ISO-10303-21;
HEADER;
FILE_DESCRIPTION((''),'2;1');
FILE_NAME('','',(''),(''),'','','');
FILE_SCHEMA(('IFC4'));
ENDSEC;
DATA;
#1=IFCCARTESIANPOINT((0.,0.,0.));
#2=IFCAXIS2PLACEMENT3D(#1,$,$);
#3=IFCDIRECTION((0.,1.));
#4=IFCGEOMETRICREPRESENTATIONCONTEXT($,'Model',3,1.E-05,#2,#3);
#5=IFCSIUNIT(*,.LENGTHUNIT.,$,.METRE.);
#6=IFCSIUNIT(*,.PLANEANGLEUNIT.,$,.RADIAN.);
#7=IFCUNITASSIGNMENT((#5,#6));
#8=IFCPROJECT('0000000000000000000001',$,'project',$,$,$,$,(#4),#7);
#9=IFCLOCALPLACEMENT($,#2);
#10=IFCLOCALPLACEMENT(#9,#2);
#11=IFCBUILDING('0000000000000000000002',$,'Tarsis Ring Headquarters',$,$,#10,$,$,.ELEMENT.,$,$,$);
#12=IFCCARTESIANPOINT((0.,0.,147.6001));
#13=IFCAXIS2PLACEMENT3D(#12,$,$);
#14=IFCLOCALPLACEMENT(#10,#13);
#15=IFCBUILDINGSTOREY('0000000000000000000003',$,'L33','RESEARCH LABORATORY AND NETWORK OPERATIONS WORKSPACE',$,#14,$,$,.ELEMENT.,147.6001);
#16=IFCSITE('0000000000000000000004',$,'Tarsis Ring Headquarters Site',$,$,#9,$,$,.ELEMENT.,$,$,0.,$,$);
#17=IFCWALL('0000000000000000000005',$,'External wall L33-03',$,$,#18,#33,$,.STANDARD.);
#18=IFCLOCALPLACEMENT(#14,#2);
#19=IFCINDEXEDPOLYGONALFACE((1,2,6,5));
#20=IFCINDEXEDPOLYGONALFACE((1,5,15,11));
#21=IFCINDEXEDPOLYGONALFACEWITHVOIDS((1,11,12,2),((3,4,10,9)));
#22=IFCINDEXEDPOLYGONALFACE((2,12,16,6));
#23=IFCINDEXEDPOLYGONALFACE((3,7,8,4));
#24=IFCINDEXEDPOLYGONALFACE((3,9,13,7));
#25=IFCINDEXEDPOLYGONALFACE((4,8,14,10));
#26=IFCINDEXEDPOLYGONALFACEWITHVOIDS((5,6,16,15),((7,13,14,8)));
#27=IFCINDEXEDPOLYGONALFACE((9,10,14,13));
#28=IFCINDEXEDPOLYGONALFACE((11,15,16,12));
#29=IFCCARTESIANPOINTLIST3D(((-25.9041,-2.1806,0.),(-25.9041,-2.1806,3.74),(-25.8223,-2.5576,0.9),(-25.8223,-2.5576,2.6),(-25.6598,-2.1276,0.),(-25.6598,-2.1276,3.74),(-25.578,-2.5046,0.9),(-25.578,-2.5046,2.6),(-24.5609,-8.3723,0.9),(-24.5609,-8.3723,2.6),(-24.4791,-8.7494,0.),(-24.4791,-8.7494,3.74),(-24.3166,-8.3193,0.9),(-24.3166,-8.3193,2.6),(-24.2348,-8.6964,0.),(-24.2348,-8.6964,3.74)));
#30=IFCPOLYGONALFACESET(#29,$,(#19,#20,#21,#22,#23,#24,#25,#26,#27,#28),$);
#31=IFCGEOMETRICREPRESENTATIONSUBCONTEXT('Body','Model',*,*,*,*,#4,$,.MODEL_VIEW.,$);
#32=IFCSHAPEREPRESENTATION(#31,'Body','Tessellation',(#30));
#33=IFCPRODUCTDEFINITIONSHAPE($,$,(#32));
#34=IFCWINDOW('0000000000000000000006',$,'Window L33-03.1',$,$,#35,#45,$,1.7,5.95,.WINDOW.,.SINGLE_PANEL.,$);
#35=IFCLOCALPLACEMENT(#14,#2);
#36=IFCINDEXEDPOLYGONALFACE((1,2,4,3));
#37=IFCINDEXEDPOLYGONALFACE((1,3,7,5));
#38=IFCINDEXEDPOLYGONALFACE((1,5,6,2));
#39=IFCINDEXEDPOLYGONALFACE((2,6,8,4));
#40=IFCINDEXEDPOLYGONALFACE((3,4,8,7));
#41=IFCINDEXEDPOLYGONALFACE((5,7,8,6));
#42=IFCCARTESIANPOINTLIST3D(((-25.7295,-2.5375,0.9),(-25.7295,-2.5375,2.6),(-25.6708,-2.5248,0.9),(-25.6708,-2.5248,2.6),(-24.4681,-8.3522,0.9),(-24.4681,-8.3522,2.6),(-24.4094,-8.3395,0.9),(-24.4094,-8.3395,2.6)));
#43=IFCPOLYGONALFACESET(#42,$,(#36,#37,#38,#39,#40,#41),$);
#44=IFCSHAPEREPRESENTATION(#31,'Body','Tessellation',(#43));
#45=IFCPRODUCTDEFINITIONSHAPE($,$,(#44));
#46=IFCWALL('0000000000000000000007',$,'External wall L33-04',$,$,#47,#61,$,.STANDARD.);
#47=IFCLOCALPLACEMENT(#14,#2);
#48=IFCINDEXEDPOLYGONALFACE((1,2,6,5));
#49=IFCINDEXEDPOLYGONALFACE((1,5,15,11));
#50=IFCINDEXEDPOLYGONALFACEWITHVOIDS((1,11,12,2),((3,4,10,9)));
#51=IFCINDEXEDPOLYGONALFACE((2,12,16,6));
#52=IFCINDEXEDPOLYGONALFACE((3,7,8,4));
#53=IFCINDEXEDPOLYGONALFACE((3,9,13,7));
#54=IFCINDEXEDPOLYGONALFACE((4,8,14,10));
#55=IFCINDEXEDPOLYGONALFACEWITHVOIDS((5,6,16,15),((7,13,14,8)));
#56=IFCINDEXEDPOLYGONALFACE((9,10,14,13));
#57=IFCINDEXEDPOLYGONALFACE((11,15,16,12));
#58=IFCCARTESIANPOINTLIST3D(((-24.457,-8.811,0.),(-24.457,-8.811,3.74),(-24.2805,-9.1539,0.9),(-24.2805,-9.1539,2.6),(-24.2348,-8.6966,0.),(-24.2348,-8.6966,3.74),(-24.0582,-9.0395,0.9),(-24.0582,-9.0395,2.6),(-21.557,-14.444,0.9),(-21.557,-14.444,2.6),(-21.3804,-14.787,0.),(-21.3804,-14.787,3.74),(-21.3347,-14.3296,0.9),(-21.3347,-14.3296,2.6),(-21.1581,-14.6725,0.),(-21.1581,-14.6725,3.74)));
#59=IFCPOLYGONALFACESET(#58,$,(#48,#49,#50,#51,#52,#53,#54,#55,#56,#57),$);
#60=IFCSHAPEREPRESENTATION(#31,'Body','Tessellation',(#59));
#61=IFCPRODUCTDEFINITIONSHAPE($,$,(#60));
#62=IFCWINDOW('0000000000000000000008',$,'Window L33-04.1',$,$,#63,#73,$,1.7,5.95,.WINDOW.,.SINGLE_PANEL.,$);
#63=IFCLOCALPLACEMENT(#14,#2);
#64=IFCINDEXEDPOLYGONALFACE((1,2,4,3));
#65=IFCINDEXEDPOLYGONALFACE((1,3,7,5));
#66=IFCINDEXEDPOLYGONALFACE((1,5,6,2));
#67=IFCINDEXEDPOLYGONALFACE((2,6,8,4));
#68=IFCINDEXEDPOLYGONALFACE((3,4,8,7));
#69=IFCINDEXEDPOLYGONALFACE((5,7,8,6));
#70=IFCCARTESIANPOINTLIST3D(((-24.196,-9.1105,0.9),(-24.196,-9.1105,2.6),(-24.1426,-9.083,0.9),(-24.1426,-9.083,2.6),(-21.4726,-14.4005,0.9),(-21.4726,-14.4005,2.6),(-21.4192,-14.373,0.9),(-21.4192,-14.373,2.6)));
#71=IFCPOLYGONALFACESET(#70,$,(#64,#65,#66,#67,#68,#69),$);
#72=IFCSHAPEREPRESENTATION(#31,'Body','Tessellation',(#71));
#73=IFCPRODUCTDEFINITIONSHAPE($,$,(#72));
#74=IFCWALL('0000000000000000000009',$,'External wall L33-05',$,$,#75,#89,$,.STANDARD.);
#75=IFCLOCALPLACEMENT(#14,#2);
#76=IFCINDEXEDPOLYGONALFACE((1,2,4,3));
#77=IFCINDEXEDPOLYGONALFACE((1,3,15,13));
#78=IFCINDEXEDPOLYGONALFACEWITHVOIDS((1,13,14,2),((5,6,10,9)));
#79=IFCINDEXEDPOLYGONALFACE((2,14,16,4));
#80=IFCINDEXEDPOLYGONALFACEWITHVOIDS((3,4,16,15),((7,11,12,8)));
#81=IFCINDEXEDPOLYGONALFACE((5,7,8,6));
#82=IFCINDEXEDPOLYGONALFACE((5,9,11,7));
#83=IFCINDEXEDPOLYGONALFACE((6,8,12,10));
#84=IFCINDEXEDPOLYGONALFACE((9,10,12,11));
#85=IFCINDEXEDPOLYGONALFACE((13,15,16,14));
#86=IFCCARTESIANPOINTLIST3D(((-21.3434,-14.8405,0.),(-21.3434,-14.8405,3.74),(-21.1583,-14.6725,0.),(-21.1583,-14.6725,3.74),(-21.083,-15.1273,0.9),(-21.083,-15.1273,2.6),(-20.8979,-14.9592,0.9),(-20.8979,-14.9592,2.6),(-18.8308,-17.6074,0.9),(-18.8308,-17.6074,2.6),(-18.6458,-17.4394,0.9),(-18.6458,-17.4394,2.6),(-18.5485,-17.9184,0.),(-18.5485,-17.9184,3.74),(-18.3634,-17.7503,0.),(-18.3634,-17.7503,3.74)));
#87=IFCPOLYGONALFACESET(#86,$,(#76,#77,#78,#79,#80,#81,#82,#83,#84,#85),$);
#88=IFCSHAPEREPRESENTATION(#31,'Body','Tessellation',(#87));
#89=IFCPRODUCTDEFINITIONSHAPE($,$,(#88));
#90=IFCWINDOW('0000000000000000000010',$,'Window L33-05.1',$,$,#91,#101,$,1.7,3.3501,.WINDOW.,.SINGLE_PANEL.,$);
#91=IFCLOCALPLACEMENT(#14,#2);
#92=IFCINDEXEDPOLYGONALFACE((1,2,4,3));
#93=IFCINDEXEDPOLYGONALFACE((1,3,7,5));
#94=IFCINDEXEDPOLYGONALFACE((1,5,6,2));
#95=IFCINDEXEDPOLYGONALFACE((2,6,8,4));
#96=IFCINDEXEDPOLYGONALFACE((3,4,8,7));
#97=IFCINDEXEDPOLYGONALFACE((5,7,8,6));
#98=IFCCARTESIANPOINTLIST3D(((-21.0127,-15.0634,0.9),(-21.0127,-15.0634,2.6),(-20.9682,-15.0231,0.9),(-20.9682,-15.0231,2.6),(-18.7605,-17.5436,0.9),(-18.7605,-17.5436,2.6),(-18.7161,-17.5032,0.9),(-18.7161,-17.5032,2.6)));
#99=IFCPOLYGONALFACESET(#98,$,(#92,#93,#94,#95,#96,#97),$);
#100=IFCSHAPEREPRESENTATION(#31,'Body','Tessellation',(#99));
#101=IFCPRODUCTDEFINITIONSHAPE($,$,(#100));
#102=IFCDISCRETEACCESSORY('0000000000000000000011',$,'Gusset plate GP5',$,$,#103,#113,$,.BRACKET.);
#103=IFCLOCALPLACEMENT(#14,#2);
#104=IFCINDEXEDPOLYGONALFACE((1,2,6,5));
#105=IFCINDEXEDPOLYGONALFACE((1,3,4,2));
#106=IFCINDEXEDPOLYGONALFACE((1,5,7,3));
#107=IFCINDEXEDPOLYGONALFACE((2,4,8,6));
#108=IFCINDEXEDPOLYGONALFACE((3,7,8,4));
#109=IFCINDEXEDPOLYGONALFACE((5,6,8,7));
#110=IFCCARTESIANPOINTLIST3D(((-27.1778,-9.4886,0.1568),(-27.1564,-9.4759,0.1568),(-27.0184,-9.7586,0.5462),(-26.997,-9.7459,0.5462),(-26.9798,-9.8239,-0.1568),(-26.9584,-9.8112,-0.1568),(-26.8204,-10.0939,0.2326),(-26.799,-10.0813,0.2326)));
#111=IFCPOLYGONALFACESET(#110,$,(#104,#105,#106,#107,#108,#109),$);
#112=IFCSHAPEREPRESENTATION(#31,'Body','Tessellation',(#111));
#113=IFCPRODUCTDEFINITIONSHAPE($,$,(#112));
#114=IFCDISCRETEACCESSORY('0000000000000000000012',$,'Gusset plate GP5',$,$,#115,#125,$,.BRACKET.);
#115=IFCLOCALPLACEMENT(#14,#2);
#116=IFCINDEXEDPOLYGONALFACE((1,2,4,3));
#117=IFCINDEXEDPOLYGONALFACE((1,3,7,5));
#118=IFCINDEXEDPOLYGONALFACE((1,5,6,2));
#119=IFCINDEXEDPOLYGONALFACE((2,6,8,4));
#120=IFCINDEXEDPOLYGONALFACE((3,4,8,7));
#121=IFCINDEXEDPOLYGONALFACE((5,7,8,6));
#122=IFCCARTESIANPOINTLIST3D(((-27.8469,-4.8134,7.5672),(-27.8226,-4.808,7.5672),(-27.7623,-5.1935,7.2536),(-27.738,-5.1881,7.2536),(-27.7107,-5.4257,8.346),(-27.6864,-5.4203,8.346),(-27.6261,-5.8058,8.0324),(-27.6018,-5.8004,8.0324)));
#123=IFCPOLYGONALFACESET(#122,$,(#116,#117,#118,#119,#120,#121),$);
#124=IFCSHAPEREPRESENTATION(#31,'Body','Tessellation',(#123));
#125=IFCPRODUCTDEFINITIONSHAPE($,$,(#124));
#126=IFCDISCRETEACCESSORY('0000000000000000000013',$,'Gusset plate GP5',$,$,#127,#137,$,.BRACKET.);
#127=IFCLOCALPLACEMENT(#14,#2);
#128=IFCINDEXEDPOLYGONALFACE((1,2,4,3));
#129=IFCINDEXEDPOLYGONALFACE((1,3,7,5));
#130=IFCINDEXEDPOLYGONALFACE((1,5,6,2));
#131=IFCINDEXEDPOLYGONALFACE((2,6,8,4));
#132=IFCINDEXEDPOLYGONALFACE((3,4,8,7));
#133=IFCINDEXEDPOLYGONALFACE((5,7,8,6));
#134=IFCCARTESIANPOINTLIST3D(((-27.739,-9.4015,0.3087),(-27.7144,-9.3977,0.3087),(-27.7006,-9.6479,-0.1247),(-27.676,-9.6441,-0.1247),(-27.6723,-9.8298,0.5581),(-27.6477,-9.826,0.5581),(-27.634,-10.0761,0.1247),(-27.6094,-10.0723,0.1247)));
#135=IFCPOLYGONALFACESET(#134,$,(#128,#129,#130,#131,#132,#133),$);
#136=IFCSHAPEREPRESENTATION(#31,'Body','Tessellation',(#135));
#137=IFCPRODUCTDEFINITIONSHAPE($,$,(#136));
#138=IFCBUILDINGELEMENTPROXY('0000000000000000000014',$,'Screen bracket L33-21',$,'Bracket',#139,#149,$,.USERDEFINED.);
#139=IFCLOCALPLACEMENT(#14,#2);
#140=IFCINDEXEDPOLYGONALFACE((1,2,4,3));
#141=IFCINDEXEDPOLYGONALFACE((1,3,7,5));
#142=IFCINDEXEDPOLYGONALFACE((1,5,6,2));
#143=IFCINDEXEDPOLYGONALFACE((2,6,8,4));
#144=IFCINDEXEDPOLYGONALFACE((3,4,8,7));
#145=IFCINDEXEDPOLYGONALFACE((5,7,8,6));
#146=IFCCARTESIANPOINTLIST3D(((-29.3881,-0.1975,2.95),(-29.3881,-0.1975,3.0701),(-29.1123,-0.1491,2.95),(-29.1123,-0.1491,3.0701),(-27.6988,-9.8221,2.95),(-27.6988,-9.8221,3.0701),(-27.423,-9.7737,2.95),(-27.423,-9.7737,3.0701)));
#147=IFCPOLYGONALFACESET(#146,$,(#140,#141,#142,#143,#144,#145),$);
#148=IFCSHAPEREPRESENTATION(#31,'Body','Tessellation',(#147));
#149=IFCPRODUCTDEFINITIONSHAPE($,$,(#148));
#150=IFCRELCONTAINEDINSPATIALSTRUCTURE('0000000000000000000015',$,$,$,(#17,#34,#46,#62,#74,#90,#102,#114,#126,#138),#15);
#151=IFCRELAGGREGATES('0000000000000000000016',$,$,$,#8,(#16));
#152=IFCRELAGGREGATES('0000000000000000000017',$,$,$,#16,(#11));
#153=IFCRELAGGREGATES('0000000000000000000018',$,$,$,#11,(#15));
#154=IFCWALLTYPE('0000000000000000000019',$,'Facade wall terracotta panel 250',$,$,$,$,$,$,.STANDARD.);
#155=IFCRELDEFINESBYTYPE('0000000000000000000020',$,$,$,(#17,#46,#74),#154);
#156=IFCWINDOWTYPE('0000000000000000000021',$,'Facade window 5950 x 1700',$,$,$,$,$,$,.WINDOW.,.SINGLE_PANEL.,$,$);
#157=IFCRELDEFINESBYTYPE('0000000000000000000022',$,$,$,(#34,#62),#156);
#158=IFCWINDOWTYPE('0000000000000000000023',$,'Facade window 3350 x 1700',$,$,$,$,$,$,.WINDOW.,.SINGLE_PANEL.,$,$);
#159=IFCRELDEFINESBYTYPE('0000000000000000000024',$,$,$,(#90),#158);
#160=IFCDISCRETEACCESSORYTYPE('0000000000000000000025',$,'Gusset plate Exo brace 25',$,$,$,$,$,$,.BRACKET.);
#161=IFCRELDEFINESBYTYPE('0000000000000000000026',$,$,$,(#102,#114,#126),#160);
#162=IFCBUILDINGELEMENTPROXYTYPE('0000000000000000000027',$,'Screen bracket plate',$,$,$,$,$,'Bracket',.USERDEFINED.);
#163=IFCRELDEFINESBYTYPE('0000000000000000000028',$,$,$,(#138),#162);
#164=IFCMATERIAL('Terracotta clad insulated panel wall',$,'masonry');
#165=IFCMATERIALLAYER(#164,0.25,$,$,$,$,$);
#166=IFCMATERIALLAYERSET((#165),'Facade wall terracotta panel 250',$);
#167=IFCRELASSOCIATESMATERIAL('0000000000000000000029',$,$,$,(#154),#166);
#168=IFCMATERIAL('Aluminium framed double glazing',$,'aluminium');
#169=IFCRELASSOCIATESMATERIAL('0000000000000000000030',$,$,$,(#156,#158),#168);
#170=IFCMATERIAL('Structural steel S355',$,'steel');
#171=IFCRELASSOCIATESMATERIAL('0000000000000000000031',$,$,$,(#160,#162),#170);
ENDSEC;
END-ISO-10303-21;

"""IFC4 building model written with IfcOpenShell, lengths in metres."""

from ifc_helpers import new_model, si_unit, direction, frame, frame_2d, origin, origin_2d, place, context, subcontext, project, spatial, rectangle, extrude, material, layer, layer_set, material_profile, profile_set, type_object, element, fill, save


model = new_model("IFC4")

# Units and contexts
model_context = context("Model", 3, precision=1e-05, world=origin(), true_north=direction((0.0, 1.0)))
body_context = subcontext(model_context, "Body", "Model", "MODEL_VIEW")
ifc_project = project(units=[si_unit("LENGTHUNIT", "METRE"), si_unit("PLANEANGLEUNIT", "RADIAN")], contexts=[model_context])

# Site, building, storey
site_placement = place(None, origin())
site = spatial("IfcSite", under=ifc_project, at=site_placement, Name="Tarsis Ring Headquarters Site", CompositionType="ELEMENT", RefElevation=0.0)
building_placement = place(site_placement, origin())
building = spatial("IfcBuilding", under=site, at=building_placement, Name="Tarsis Ring Headquarters", CompositionType="ELEMENT")
storey_placement = place(building_placement, frame((0.0, 0.0, 147.6001)))
storey = spatial("IfcBuildingStorey", under=building, at=storey_placement, Name="L33", Description="RESEARCH LABORATORY AND NETWORK OPERATIONS WORKSPACE", CompositionType="ELEMENT", Elevation=147.6001)

# Shared definitions
ifc_material_1 = material(Name="Structural steel S355", Category="steel")

# Walls, openings, windows
ifc_material_2 = material(Name="Terracotta clad insulated panel wall", Category="masonry")
ifc_layer_1 = layer(ifc_material_2, 0.25)
ifc_layer_set_1 = layer_set([ifc_layer_1], Name="Facade wall terracotta panel 250")
wall_type_1 = type_object("IfcWallType", Name="Facade wall terracotta panel 250", PredefinedType="STANDARD", material=ifc_layer_set_1)
wall_1_placement = place(storey_placement, frame((-25.782, -2.1541, 0.0), z_axis=(0.0, 0.0, 1.0), x_axis=(0.212009, -0.977268, 0.0)))
wall_1 = element("IfcWall", 1, at=wall_1_placement, inside=storey, type_object=wall_type_1, Name="External wall L33-03", PredefinedType="STANDARD", context=body_context, shape_type="SweptSolid", body=[
    extrude(rectangle(XDim=6.7217, YDim=0.25, at=frame_2d((3.3608, 0.0))), origin(), (0.0, 0.0, 1.0), 3.74),
])
opening_1_placement = place(wall_1_placement, frame((0.3857, 0.0, 0.8999)))
opening_1 = element("IfcOpeningElement", 2, at=opening_1_placement, cuts=wall_1, PredefinedType="OPENING", context=body_context, shape_type="SweptSolid", body=[
    extrude(rectangle(XDim=5.95, YDim=1.7, at=frame_2d((2.9751, 0.8501))), frame((0.0, 0.135, 0.0), z_axis=(0.0, -1.0, 0.0), x_axis=(1.0, 0.0, 0.0)), (0.0, 0.0, 1.0), 0.27),
])
ifc_material_3 = material(Name="Aluminium framed double glazing", Category="aluminium")
window_type_1 = type_object("IfcWindowType", Name="Facade window 5950 x 1700", PartitioningType="SINGLE_PANEL", PredefinedType="WINDOW", material=ifc_material_3)
window_1_placement = place(opening_1_placement, origin())
window_1 = element("IfcWindow", 3, at=window_1_placement, inside=storey, type_object=window_type_1, Name="Window L33-03.1", OverallHeight=1.7, OverallWidth=5.95, PartitioningType="SINGLE_PANEL", PredefinedType="WINDOW", context=body_context, shape_type="SweptSolid", body=[
    extrude(rectangle(XDim=5.95, YDim=1.7, at=frame_2d((2.9751, 0.8501))), frame((0.0, 0.03, 0.0), z_axis=(0.0, -1.0, 0.0), x_axis=(1.0, 0.0, 0.0)), (0.0, 0.0, 1.0), 0.0601),
])
fill(opening_1, window_1)
wall_2_placement = place(storey_placement, frame((-24.3459, -8.7537, 0.0), z_axis=(0.0, 0.0, 1.0), x_axis=(0.45773, -0.889091, 0.0)))
wall_2 = element("IfcWall", 4, at=wall_2_placement, inside=storey, type_object=wall_type_1, Name="External wall L33-04", PredefinedType="STANDARD", context=body_context, shape_type="SweptSolid", body=[
    extrude(rectangle(XDim=6.7214, YDim=0.25, at=frame_2d((3.3608, 0.0))), origin(), (0.0, 0.0, 1.0), 3.74),
])
opening_2_placement = place(wall_2_placement, frame((0.3857, 0.0, 0.8999)))
opening_2 = element("IfcOpeningElement", 5, at=opening_2_placement, cuts=wall_2, PredefinedType="OPENING", context=body_context, shape_type="SweptSolid", body=[
    extrude(rectangle(XDim=5.95, YDim=1.7, at=frame_2d((2.9751, 0.8501))), frame((0.0, 0.135, 0.0), z_axis=(0.0, -1.0, 0.0), x_axis=(1.0, 0.0, 0.0)), (0.0, 0.0, 1.0), 0.27),
])
window_2_placement = place(opening_2_placement, origin())
window_2 = element("IfcWindow", 6, at=window_2_placement, inside=storey, type_object=window_type_1, Name="Window L33-04.1", OverallHeight=1.7, OverallWidth=5.95, PartitioningType="SINGLE_PANEL", PredefinedType="WINDOW", context=body_context, shape_type="SweptSolid", body=[
    extrude(rectangle(XDim=5.95, YDim=1.7, at=frame_2d((2.9751, 0.8501))), frame((0.0, 0.03, 0.0), z_axis=(0.0, -1.0, 0.0), x_axis=(1.0, 0.0, 0.0)), (0.0, 0.0, 1.0), 0.0601),
])
fill(opening_2, window_2)
wall_3_placement = place(storey_placement, frame((-21.2507, -14.7566, 0.0), z_axis=(0.0, 0.0, 1.0), x_axis=(0.672258, -0.740317, 0.0)))
wall_3 = element("IfcWall", 7, at=wall_3_placement, inside=storey, type_object=wall_type_1, Name="External wall L33-05", PredefinedType="STANDARD", context=body_context, shape_type="SweptSolid", body=[
    extrude(rectangle(XDim=4.1575, YDim=0.25, at=frame_2d((2.0786, 0.0))), origin(), (0.0, 0.0, 1.0), 3.74),
])
opening_3_placement = place(wall_3_placement, frame((0.3872, 0.0, 0.8999)))
opening_3 = element("IfcOpeningElement", 8, at=opening_3_placement, cuts=wall_3, PredefinedType="OPENING", context=body_context, shape_type="SweptSolid", body=[
    extrude(rectangle(XDim=3.3501, YDim=1.7, at=frame_2d((1.675, 0.8501))), frame((0.0, 0.135, 0.0), z_axis=(0.0, -1.0, 0.0), x_axis=(1.0, 0.0, 0.0)), (0.0, 0.0, 1.0), 0.27),
])
window_type_2 = type_object("IfcWindowType", Name="Facade window 3350 x 1700", PartitioningType="SINGLE_PANEL", PredefinedType="WINDOW", material=ifc_material_3)
window_3_placement = place(opening_3_placement, origin())
window_3 = element("IfcWindow", 9, at=window_3_placement, inside=storey, type_object=window_type_2, Name="Window L33-05.1", OverallHeight=1.7, OverallWidth=3.3501, PartitioningType="SINGLE_PANEL", PredefinedType="WINDOW", context=body_context, shape_type="SweptSolid", body=[
    extrude(rectangle(XDim=3.3501, YDim=1.7, at=frame_2d((1.675, 0.8501))), frame((0.0, 0.03, 0.0), z_axis=(0.0, -1.0, 0.0), x_axis=(1.0, 0.0, 0.0)), (0.0, 0.0, 1.0), 0.0601),
])
fill(opening_3, window_3)

# Discrete accessories
ifc_material_profile_1 = material_profile(ifc_material_1, rectangle(XDim=0.0249, YDim=0.5, at=origin_2d()), Name="PL 25x500")
ifc_profile_set_1 = profile_set([ifc_material_profile_1], Name="Structural steel S355")
discrete_accessory_type = type_object("IfcDiscreteAccessoryType", Name="Gusset plate Exo brace 25", PredefinedType="BRACKET", material=ifc_profile_set_1)
discrete_accessory_1_placement = place(storey_placement, frame((-27.0681, -9.6499, 0.0), z_axis=(0.318872, -0.54008, 0.778867), x_axis=(0.861112, 0.508415, 0.0)))
element("IfcDiscreteAccessory", 10, at=discrete_accessory_1_placement, inside=storey, type_object=discrete_accessory_type, Name="Gusset plate GP5", PredefinedType="BRACKET", context=body_context, shape_type="SweptSolid", body=[
    extrude(rectangle(XDim=0.0249, YDim=0.5, at=origin_2d()), origin(), (0.0, 0.0, 1.0), 0.5),
])
discrete_accessory_2_placement = place(storey_placement, frame((-27.7925, -5.0007, 7.4104), z_axis=(0.136229, -0.612299, 0.778801), x_axis=(0.976132, 0.217178, 0.0)))
element("IfcDiscreteAccessory", 11, at=discrete_accessory_2_placement, inside=storey, type_object=discrete_accessory_type, Name="Gusset plate GP5", PredefinedType="BRACKET", context=body_context, shape_type="SweptSolid", body=[
    extrude(rectangle(XDim=0.0249, YDim=0.5, at=origin_2d()), origin(), (0.0, 0.0, 1.0), 1.0),
])
discrete_accessory_3_placement = place(storey_placement, frame((-27.655, -9.8601, 0.0), z_axis=(-0.076669, 0.492732, 0.866797), x_axis=(-0.98811, -0.15375, 0.0)))
element("IfcDiscreteAccessory", 12, at=discrete_accessory_3_placement, inside=storey, type_object=discrete_accessory_type, Name="Gusset plate GP5", PredefinedType="BRACKET", context=body_context, shape_type="SweptSolid", body=[
    extrude(rectangle(XDim=0.0249, YDim=0.5, at=origin_2d()), origin(), (0.0, 0.0, 1.0), 0.5),
])

# Building element proxy
building_element_proxy_type = type_object("IfcBuildingElementProxyType", Name="Screen bracket plate", ElementType="Bracket", PredefinedType="USERDEFINED", material=ifc_material_1)
proxy_placement = place(storey_placement, frame((-28.4055, -4.9856, 2.95), z_axis=(0.0, 0.0, 1.0), x_axis=(0.172875, -0.984944, 0.0)))
element("IfcBuildingElementProxy", 13, at=proxy_placement, inside=storey, type_object=building_element_proxy_type, Name="Screen bracket L33-21", ObjectType="Bracket", PredefinedType="USERDEFINED", context=body_context, shape_type="SweptSolid", body=[
    extrude(rectangle(XDim=9.7717, YDim=0.28, at=origin_2d()), origin(), (0.0, 0.0, 1.0), 0.1201),
])

save(model, "model.ifc")
